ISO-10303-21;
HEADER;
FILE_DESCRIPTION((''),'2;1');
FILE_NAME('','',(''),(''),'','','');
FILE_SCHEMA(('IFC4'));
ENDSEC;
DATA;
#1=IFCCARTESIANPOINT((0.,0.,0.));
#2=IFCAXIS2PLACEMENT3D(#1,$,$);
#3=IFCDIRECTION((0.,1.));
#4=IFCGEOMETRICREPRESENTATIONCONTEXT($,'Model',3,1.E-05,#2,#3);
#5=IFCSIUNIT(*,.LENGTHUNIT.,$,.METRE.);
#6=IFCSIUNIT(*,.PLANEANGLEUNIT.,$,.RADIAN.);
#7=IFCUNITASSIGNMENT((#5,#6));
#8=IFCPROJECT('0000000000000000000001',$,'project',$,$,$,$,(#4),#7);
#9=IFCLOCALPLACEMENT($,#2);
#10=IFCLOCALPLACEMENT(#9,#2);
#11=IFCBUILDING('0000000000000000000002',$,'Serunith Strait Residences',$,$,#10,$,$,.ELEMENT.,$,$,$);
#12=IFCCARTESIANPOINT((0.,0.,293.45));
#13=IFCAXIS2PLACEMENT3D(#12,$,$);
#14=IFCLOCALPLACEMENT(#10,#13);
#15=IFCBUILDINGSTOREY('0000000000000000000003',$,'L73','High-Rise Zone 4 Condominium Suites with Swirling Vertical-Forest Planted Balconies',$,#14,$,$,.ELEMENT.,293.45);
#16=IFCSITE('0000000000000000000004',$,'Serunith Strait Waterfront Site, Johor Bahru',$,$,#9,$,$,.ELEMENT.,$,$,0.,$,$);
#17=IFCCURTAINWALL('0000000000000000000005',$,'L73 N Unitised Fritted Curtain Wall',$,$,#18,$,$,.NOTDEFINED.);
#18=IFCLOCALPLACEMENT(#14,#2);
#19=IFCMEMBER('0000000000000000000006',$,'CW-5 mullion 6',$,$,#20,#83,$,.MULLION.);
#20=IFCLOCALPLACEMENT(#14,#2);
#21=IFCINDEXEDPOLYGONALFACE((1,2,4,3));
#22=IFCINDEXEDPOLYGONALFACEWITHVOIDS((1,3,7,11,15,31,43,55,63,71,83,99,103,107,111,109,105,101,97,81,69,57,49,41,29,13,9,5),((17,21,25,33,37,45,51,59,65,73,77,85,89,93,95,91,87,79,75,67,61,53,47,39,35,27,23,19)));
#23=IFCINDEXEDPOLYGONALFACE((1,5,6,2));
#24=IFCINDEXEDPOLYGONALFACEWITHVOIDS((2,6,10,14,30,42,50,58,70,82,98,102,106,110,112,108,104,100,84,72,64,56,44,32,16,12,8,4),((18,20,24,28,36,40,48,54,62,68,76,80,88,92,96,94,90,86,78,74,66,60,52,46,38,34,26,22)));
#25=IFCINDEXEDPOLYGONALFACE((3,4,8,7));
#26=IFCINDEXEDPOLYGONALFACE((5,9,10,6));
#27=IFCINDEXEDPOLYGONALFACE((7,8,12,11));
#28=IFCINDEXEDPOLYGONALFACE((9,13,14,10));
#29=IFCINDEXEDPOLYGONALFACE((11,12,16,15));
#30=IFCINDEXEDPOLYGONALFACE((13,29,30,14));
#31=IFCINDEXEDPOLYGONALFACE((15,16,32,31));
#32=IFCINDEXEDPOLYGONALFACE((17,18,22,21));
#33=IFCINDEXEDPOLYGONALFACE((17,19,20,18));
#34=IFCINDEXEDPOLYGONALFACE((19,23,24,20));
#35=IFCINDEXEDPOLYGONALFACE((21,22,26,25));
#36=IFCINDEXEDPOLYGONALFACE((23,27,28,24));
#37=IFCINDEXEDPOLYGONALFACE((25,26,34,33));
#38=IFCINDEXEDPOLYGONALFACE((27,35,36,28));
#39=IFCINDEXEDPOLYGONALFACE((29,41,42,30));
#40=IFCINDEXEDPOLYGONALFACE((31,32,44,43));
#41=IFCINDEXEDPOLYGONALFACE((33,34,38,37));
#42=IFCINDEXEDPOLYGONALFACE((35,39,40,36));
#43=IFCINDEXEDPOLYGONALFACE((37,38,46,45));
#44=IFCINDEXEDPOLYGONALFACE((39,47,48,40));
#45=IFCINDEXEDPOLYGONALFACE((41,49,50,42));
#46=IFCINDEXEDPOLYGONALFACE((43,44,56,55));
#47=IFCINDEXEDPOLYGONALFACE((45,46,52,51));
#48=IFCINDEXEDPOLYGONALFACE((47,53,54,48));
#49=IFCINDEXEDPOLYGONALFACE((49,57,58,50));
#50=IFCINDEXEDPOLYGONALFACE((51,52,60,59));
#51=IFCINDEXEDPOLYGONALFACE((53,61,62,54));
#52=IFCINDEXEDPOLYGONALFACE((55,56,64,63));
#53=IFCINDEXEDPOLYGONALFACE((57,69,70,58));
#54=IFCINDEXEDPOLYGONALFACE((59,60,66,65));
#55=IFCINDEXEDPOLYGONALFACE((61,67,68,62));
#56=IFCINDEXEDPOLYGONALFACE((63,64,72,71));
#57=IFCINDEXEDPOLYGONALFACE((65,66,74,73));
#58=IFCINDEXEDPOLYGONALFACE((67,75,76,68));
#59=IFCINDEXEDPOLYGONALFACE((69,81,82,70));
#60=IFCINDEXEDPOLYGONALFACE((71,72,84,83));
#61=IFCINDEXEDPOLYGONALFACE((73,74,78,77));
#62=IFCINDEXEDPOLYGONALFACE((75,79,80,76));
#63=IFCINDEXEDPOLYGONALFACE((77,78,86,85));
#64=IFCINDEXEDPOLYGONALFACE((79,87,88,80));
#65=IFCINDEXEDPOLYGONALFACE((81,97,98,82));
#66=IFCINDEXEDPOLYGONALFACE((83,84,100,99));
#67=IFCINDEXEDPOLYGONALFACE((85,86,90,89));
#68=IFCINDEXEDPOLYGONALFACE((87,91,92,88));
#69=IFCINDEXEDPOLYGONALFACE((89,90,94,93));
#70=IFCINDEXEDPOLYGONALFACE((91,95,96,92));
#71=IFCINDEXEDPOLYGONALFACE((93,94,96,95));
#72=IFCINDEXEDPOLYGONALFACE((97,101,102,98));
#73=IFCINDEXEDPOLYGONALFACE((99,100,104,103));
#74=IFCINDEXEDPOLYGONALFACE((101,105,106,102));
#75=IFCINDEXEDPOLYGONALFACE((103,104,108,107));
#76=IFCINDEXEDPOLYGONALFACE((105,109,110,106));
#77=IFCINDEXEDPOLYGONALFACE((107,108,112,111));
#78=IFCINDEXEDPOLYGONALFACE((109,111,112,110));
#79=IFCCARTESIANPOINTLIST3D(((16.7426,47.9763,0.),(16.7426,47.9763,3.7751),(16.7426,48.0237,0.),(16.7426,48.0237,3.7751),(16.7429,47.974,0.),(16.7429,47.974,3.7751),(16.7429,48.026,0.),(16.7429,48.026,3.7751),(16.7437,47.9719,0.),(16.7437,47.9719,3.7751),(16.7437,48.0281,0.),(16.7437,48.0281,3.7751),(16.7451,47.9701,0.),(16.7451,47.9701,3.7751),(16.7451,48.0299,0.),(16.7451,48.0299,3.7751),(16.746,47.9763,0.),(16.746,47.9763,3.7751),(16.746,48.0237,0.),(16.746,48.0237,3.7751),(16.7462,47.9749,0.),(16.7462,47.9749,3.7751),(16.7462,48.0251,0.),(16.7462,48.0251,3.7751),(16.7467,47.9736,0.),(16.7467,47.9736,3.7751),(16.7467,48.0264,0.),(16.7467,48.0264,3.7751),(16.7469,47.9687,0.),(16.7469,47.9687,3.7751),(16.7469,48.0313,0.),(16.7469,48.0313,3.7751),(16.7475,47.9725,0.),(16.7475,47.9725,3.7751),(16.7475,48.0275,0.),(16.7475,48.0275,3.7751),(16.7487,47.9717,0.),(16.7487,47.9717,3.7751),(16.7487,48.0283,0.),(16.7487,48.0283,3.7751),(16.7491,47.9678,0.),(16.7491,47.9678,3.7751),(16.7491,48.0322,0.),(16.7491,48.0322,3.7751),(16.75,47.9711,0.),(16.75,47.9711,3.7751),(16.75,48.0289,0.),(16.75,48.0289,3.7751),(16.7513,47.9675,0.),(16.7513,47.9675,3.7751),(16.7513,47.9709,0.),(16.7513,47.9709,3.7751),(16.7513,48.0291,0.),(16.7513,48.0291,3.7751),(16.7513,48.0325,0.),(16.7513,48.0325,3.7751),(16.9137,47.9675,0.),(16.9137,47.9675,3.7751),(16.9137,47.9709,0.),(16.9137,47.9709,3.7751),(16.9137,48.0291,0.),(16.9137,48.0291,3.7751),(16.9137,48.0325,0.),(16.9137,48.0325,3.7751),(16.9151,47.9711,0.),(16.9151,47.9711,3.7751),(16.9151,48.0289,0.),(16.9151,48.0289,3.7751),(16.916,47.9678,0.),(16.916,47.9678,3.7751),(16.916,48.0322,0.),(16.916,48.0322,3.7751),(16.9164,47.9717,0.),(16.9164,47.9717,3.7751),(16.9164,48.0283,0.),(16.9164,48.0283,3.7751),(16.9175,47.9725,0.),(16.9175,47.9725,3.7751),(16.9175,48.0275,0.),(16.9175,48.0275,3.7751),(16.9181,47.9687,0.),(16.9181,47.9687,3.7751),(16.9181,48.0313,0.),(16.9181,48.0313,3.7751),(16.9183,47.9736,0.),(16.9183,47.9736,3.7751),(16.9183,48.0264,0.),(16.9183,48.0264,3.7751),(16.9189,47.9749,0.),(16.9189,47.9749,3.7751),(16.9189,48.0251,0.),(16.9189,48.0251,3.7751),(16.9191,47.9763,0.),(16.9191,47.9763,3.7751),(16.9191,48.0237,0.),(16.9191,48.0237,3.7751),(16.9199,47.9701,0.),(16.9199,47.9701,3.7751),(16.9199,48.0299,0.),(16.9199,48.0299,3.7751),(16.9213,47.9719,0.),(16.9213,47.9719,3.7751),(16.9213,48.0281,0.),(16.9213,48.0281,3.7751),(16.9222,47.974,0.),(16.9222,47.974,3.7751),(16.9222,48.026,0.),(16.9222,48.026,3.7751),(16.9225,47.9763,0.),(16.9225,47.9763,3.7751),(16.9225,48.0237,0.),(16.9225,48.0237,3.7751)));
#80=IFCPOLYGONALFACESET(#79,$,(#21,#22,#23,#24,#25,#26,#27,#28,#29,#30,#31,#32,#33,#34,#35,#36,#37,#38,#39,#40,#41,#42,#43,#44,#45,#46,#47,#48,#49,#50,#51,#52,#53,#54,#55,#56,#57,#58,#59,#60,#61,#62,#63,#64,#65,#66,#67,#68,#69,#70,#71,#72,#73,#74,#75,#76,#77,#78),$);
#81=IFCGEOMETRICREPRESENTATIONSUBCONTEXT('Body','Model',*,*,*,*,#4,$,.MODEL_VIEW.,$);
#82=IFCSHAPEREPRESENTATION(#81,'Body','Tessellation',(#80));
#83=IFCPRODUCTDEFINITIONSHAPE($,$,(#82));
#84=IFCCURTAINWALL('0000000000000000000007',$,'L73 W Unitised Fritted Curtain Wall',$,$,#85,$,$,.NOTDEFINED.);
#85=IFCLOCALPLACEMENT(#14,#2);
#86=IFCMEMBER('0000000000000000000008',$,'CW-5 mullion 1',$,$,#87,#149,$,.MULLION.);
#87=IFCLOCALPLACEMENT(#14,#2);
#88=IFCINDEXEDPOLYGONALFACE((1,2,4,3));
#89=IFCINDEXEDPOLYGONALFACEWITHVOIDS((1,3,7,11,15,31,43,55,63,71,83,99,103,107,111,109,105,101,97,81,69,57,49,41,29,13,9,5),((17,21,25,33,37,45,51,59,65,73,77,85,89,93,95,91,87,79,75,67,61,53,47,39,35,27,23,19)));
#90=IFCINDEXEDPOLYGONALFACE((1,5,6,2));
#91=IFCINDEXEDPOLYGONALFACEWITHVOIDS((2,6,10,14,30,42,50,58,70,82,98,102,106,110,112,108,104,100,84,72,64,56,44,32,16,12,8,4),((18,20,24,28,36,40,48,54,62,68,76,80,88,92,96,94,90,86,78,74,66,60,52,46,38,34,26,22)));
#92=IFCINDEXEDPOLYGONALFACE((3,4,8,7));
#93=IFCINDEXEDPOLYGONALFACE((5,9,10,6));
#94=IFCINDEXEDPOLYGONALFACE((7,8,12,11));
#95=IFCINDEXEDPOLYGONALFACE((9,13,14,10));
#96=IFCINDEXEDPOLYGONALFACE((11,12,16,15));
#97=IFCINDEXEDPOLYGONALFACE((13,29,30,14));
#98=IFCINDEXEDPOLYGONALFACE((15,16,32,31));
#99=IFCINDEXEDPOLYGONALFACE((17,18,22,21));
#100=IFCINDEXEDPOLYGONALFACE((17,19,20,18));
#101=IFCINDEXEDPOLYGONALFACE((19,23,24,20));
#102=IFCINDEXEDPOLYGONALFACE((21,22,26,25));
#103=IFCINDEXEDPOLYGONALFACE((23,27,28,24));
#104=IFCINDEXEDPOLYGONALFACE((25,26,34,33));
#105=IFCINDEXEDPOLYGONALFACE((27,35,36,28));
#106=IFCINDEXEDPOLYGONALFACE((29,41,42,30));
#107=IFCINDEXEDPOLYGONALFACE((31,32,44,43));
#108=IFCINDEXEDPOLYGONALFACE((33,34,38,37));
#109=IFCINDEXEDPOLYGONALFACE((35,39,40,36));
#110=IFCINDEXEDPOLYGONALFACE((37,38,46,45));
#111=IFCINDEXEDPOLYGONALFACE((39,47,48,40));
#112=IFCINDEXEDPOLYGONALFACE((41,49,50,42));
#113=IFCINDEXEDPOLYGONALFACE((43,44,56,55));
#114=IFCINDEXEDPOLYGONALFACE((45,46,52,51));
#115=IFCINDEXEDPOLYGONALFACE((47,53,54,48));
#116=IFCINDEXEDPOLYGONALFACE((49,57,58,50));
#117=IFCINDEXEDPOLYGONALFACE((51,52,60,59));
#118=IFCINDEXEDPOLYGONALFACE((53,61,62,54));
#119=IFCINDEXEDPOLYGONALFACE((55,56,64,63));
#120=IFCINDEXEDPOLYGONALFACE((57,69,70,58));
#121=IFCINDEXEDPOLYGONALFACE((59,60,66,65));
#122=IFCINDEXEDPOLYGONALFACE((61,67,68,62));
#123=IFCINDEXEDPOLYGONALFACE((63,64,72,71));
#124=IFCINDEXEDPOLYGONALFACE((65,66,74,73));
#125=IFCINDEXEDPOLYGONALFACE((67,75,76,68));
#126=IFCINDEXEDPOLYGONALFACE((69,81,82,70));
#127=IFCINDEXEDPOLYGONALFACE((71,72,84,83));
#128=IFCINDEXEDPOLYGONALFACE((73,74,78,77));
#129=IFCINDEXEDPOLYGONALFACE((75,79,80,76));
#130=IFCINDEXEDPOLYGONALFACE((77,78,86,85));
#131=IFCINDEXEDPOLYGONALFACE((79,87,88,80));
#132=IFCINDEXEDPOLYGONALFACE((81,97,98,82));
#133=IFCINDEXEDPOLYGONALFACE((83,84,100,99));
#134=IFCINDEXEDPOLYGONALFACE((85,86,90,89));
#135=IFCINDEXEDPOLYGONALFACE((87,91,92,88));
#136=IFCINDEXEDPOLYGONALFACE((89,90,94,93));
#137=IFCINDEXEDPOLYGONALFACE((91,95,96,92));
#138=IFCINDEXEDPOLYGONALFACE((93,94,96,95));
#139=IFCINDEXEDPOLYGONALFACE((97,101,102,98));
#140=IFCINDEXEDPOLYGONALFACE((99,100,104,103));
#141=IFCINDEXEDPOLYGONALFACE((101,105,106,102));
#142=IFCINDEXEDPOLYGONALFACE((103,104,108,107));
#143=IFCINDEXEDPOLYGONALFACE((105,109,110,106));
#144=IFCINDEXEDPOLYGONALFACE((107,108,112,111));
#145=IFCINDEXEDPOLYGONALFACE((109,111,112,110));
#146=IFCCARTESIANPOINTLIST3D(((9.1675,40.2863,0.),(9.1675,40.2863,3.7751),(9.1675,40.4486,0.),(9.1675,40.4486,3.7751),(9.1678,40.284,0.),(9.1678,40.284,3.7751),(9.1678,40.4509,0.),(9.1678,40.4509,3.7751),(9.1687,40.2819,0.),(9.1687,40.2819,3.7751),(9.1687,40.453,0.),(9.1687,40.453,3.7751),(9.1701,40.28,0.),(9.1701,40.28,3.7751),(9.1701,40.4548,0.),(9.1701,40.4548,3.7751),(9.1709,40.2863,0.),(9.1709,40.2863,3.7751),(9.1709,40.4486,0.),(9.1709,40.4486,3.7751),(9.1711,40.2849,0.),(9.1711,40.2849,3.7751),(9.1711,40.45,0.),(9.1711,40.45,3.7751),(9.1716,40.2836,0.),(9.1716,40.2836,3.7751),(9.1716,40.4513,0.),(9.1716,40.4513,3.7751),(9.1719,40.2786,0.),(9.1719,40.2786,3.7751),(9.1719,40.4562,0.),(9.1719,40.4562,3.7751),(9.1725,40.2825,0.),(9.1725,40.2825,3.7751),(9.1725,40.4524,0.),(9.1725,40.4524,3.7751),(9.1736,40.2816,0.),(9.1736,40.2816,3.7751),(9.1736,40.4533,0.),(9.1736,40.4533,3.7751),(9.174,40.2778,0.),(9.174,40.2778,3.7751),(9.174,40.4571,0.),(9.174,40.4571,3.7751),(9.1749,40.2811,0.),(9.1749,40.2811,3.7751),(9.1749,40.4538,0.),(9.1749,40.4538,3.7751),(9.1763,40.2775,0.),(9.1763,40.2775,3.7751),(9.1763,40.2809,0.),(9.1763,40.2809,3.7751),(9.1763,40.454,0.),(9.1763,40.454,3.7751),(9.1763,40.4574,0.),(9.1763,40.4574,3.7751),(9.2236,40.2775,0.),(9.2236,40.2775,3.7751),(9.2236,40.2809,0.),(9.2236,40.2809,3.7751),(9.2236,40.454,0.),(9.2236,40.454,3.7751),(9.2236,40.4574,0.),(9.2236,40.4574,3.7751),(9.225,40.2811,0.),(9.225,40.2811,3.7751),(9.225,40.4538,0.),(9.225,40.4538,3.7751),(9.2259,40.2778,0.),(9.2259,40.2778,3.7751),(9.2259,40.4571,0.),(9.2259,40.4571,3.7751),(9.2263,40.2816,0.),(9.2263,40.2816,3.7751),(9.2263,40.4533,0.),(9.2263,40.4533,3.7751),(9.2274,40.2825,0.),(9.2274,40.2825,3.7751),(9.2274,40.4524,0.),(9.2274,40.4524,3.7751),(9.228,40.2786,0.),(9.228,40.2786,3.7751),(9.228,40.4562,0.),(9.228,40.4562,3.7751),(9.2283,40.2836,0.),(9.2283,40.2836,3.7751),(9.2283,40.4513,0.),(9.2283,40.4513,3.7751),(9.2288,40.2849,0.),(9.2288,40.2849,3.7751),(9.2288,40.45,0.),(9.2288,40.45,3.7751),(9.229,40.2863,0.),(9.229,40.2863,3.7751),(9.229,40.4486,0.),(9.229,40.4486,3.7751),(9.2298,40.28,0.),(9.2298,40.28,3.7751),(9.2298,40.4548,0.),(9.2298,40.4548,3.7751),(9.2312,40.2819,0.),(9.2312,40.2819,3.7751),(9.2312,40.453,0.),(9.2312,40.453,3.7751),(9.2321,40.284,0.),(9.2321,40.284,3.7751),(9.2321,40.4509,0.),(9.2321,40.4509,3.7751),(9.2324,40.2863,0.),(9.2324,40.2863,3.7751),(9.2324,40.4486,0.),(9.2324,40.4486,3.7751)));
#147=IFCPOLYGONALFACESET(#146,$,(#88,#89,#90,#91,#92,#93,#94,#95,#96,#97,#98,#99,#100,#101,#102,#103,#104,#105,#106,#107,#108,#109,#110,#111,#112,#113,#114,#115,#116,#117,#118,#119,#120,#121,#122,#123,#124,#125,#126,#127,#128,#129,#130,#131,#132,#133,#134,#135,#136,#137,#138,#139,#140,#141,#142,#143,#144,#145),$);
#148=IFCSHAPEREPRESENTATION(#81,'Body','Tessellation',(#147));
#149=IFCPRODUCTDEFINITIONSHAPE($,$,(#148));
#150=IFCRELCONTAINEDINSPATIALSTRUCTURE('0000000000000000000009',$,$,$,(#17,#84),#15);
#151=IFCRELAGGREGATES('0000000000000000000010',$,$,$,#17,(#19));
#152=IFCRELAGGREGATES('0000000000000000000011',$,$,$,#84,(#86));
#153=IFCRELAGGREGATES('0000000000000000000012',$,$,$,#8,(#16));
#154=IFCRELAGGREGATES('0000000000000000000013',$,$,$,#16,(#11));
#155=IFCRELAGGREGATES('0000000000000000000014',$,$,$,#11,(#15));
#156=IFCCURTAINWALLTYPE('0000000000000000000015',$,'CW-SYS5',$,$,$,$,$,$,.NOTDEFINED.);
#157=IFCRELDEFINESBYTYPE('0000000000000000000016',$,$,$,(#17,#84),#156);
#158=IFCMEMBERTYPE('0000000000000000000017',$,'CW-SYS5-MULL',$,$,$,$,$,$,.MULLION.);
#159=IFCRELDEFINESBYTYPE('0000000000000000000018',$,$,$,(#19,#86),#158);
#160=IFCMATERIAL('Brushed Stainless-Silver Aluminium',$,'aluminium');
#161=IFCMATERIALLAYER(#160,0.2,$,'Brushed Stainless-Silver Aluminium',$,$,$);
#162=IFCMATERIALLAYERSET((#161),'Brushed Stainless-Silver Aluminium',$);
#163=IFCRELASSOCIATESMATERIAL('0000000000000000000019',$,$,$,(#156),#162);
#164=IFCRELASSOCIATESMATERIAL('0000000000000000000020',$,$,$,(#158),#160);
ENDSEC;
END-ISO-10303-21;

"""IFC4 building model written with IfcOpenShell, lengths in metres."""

from ifc_helpers import new_model, si_unit, direction, frame, origin, origin_2d, place, context, subcontext, project, spatial, hollow_rectangle, extrude, source, transform, mapped, material, layer, layer_set, material_profile, profile_set, type_object, element, aggregate, save


model = new_model("IFC4")

# Units and contexts
model_context = context("Model", 3, precision=1e-05, world=origin(), true_north=direction((0.0, 1.0)))
body_context = subcontext(model_context, "Body", "Model", "MODEL_VIEW")
ifc_project = project(units=[si_unit("LENGTHUNIT", "METRE"), si_unit("PLANEANGLEUNIT", "RADIAN")], contexts=[model_context])

# Site, building, storey
site_placement = place(None, origin())
site = spatial("IfcSite", under=ifc_project, at=site_placement, Name="Serunith Strait Waterfront Site, Johor Bahru", CompositionType="ELEMENT", RefElevation=0.0)
building_placement = place(site_placement, origin())
building = spatial("IfcBuilding", under=site, at=building_placement, Name="Serunith Strait Residences", CompositionType="ELEMENT")
storey_placement = place(building_placement, frame((0.0, 0.0, 293.45)))
storey = spatial("IfcBuildingStorey", under=building, at=storey_placement, Name="L73", Description="High-Rise Zone 4 Condominium Suites with Swirling Vertical-Forest Planted Balconies", CompositionType="ELEMENT", Elevation=293.45)

# Curtain wall, member
ifc_material_1 = material(Name="Brushed Stainless-Silver Aluminium", Category="aluminium")
ifc_layer_1 = layer(ifc_material_1, 0.2, Name="Brushed Stainless-Silver Aluminium")
ifc_layer_set_1 = layer_set([ifc_layer_1], Name="Brushed Stainless-Silver Aluminium")
curtain_wall_type = type_object("IfcCurtainWallType", Name="CW-SYS5", PredefinedType="NOTDEFINED", material=ifc_layer_set_1)
curtain_wall_1_placement = place(storey_placement, origin())
curtain_wall_1 = element("IfcCurtainWall", 1, at=curtain_wall_1_placement, inside=storey, type_object=curtain_wall_type, Name="L73 N Unitised Fritted Curtain Wall", PredefinedType="NOTDEFINED")
ifc_material_profile_1 = material_profile(ifc_material_1, hollow_rectangle(XDim=0.0649, YDim=0.1799, WallThickness=0.0034, InnerFilletRadius=0.0054, OuterFilletRadius=0.0088, at=origin_2d()), Name="ALU 180x65x3.5")
ifc_profile_set_1 = profile_set([ifc_material_profile_1], Name="Brushed Stainless-Silver Aluminium")
member_type_1 = type_object("IfcMemberType", Name="CW-SYS5-MULL", PredefinedType="MULLION", material=ifc_profile_set_1)
shared_shape_1 = source(origin(), body_context, "Body", "SweptSolid", [
    extrude(hollow_rectangle(XDim=0.0649, YDim=0.1799, WallThickness=0.0034, InnerFilletRadius=0.0054, OuterFilletRadius=0.0088, at=origin_2d()), origin(), (0.0, 0.0, 1.0), 3.7751),
])
member_1_placement = place(storey_placement, frame((16.8325, 48.0, 0.0), z_axis=(0.0, 0.0, 1.0), x_axis=(0.0, -1.0, 0.0)))
member_1 = element("IfcMember", 2, at=member_1_placement, type_object=member_type_1, Name="CW-5 mullion 6", PredefinedType="MULLION", context=body_context, shape_type="MappedRepresentation", body=[
    mapped(shared_shape_1, transform((0.0, 0.0, 0.0), scale=1.0)),
])
aggregate(curtain_wall_1, [member_1])

# Curtain wall, member
curtain_wall_2_placement = place(storey_placement, origin())
curtain_wall_2 = element("IfcCurtainWall", 3, at=curtain_wall_2_placement, inside=storey, type_object=curtain_wall_type, Name="L73 W Unitised Fritted Curtain Wall", PredefinedType="NOTDEFINED")
member_2_placement = place(storey_placement, frame((9.2, 40.3674, 0.0), z_axis=(0.0, 0.0, 1.0), x_axis=(1.0, 0.0, 0.0)))
member_2 = element("IfcMember", 4, at=member_2_placement, type_object=member_type_1, Name="CW-5 mullion 1", PredefinedType="MULLION", context=body_context, shape_type="MappedRepresentation", body=[
    mapped(shared_shape_1, transform((0.0, 0.0, 0.0), scale=1.0)),
])
aggregate(curtain_wall_2, [member_2])

save(model, "model.ifc")
